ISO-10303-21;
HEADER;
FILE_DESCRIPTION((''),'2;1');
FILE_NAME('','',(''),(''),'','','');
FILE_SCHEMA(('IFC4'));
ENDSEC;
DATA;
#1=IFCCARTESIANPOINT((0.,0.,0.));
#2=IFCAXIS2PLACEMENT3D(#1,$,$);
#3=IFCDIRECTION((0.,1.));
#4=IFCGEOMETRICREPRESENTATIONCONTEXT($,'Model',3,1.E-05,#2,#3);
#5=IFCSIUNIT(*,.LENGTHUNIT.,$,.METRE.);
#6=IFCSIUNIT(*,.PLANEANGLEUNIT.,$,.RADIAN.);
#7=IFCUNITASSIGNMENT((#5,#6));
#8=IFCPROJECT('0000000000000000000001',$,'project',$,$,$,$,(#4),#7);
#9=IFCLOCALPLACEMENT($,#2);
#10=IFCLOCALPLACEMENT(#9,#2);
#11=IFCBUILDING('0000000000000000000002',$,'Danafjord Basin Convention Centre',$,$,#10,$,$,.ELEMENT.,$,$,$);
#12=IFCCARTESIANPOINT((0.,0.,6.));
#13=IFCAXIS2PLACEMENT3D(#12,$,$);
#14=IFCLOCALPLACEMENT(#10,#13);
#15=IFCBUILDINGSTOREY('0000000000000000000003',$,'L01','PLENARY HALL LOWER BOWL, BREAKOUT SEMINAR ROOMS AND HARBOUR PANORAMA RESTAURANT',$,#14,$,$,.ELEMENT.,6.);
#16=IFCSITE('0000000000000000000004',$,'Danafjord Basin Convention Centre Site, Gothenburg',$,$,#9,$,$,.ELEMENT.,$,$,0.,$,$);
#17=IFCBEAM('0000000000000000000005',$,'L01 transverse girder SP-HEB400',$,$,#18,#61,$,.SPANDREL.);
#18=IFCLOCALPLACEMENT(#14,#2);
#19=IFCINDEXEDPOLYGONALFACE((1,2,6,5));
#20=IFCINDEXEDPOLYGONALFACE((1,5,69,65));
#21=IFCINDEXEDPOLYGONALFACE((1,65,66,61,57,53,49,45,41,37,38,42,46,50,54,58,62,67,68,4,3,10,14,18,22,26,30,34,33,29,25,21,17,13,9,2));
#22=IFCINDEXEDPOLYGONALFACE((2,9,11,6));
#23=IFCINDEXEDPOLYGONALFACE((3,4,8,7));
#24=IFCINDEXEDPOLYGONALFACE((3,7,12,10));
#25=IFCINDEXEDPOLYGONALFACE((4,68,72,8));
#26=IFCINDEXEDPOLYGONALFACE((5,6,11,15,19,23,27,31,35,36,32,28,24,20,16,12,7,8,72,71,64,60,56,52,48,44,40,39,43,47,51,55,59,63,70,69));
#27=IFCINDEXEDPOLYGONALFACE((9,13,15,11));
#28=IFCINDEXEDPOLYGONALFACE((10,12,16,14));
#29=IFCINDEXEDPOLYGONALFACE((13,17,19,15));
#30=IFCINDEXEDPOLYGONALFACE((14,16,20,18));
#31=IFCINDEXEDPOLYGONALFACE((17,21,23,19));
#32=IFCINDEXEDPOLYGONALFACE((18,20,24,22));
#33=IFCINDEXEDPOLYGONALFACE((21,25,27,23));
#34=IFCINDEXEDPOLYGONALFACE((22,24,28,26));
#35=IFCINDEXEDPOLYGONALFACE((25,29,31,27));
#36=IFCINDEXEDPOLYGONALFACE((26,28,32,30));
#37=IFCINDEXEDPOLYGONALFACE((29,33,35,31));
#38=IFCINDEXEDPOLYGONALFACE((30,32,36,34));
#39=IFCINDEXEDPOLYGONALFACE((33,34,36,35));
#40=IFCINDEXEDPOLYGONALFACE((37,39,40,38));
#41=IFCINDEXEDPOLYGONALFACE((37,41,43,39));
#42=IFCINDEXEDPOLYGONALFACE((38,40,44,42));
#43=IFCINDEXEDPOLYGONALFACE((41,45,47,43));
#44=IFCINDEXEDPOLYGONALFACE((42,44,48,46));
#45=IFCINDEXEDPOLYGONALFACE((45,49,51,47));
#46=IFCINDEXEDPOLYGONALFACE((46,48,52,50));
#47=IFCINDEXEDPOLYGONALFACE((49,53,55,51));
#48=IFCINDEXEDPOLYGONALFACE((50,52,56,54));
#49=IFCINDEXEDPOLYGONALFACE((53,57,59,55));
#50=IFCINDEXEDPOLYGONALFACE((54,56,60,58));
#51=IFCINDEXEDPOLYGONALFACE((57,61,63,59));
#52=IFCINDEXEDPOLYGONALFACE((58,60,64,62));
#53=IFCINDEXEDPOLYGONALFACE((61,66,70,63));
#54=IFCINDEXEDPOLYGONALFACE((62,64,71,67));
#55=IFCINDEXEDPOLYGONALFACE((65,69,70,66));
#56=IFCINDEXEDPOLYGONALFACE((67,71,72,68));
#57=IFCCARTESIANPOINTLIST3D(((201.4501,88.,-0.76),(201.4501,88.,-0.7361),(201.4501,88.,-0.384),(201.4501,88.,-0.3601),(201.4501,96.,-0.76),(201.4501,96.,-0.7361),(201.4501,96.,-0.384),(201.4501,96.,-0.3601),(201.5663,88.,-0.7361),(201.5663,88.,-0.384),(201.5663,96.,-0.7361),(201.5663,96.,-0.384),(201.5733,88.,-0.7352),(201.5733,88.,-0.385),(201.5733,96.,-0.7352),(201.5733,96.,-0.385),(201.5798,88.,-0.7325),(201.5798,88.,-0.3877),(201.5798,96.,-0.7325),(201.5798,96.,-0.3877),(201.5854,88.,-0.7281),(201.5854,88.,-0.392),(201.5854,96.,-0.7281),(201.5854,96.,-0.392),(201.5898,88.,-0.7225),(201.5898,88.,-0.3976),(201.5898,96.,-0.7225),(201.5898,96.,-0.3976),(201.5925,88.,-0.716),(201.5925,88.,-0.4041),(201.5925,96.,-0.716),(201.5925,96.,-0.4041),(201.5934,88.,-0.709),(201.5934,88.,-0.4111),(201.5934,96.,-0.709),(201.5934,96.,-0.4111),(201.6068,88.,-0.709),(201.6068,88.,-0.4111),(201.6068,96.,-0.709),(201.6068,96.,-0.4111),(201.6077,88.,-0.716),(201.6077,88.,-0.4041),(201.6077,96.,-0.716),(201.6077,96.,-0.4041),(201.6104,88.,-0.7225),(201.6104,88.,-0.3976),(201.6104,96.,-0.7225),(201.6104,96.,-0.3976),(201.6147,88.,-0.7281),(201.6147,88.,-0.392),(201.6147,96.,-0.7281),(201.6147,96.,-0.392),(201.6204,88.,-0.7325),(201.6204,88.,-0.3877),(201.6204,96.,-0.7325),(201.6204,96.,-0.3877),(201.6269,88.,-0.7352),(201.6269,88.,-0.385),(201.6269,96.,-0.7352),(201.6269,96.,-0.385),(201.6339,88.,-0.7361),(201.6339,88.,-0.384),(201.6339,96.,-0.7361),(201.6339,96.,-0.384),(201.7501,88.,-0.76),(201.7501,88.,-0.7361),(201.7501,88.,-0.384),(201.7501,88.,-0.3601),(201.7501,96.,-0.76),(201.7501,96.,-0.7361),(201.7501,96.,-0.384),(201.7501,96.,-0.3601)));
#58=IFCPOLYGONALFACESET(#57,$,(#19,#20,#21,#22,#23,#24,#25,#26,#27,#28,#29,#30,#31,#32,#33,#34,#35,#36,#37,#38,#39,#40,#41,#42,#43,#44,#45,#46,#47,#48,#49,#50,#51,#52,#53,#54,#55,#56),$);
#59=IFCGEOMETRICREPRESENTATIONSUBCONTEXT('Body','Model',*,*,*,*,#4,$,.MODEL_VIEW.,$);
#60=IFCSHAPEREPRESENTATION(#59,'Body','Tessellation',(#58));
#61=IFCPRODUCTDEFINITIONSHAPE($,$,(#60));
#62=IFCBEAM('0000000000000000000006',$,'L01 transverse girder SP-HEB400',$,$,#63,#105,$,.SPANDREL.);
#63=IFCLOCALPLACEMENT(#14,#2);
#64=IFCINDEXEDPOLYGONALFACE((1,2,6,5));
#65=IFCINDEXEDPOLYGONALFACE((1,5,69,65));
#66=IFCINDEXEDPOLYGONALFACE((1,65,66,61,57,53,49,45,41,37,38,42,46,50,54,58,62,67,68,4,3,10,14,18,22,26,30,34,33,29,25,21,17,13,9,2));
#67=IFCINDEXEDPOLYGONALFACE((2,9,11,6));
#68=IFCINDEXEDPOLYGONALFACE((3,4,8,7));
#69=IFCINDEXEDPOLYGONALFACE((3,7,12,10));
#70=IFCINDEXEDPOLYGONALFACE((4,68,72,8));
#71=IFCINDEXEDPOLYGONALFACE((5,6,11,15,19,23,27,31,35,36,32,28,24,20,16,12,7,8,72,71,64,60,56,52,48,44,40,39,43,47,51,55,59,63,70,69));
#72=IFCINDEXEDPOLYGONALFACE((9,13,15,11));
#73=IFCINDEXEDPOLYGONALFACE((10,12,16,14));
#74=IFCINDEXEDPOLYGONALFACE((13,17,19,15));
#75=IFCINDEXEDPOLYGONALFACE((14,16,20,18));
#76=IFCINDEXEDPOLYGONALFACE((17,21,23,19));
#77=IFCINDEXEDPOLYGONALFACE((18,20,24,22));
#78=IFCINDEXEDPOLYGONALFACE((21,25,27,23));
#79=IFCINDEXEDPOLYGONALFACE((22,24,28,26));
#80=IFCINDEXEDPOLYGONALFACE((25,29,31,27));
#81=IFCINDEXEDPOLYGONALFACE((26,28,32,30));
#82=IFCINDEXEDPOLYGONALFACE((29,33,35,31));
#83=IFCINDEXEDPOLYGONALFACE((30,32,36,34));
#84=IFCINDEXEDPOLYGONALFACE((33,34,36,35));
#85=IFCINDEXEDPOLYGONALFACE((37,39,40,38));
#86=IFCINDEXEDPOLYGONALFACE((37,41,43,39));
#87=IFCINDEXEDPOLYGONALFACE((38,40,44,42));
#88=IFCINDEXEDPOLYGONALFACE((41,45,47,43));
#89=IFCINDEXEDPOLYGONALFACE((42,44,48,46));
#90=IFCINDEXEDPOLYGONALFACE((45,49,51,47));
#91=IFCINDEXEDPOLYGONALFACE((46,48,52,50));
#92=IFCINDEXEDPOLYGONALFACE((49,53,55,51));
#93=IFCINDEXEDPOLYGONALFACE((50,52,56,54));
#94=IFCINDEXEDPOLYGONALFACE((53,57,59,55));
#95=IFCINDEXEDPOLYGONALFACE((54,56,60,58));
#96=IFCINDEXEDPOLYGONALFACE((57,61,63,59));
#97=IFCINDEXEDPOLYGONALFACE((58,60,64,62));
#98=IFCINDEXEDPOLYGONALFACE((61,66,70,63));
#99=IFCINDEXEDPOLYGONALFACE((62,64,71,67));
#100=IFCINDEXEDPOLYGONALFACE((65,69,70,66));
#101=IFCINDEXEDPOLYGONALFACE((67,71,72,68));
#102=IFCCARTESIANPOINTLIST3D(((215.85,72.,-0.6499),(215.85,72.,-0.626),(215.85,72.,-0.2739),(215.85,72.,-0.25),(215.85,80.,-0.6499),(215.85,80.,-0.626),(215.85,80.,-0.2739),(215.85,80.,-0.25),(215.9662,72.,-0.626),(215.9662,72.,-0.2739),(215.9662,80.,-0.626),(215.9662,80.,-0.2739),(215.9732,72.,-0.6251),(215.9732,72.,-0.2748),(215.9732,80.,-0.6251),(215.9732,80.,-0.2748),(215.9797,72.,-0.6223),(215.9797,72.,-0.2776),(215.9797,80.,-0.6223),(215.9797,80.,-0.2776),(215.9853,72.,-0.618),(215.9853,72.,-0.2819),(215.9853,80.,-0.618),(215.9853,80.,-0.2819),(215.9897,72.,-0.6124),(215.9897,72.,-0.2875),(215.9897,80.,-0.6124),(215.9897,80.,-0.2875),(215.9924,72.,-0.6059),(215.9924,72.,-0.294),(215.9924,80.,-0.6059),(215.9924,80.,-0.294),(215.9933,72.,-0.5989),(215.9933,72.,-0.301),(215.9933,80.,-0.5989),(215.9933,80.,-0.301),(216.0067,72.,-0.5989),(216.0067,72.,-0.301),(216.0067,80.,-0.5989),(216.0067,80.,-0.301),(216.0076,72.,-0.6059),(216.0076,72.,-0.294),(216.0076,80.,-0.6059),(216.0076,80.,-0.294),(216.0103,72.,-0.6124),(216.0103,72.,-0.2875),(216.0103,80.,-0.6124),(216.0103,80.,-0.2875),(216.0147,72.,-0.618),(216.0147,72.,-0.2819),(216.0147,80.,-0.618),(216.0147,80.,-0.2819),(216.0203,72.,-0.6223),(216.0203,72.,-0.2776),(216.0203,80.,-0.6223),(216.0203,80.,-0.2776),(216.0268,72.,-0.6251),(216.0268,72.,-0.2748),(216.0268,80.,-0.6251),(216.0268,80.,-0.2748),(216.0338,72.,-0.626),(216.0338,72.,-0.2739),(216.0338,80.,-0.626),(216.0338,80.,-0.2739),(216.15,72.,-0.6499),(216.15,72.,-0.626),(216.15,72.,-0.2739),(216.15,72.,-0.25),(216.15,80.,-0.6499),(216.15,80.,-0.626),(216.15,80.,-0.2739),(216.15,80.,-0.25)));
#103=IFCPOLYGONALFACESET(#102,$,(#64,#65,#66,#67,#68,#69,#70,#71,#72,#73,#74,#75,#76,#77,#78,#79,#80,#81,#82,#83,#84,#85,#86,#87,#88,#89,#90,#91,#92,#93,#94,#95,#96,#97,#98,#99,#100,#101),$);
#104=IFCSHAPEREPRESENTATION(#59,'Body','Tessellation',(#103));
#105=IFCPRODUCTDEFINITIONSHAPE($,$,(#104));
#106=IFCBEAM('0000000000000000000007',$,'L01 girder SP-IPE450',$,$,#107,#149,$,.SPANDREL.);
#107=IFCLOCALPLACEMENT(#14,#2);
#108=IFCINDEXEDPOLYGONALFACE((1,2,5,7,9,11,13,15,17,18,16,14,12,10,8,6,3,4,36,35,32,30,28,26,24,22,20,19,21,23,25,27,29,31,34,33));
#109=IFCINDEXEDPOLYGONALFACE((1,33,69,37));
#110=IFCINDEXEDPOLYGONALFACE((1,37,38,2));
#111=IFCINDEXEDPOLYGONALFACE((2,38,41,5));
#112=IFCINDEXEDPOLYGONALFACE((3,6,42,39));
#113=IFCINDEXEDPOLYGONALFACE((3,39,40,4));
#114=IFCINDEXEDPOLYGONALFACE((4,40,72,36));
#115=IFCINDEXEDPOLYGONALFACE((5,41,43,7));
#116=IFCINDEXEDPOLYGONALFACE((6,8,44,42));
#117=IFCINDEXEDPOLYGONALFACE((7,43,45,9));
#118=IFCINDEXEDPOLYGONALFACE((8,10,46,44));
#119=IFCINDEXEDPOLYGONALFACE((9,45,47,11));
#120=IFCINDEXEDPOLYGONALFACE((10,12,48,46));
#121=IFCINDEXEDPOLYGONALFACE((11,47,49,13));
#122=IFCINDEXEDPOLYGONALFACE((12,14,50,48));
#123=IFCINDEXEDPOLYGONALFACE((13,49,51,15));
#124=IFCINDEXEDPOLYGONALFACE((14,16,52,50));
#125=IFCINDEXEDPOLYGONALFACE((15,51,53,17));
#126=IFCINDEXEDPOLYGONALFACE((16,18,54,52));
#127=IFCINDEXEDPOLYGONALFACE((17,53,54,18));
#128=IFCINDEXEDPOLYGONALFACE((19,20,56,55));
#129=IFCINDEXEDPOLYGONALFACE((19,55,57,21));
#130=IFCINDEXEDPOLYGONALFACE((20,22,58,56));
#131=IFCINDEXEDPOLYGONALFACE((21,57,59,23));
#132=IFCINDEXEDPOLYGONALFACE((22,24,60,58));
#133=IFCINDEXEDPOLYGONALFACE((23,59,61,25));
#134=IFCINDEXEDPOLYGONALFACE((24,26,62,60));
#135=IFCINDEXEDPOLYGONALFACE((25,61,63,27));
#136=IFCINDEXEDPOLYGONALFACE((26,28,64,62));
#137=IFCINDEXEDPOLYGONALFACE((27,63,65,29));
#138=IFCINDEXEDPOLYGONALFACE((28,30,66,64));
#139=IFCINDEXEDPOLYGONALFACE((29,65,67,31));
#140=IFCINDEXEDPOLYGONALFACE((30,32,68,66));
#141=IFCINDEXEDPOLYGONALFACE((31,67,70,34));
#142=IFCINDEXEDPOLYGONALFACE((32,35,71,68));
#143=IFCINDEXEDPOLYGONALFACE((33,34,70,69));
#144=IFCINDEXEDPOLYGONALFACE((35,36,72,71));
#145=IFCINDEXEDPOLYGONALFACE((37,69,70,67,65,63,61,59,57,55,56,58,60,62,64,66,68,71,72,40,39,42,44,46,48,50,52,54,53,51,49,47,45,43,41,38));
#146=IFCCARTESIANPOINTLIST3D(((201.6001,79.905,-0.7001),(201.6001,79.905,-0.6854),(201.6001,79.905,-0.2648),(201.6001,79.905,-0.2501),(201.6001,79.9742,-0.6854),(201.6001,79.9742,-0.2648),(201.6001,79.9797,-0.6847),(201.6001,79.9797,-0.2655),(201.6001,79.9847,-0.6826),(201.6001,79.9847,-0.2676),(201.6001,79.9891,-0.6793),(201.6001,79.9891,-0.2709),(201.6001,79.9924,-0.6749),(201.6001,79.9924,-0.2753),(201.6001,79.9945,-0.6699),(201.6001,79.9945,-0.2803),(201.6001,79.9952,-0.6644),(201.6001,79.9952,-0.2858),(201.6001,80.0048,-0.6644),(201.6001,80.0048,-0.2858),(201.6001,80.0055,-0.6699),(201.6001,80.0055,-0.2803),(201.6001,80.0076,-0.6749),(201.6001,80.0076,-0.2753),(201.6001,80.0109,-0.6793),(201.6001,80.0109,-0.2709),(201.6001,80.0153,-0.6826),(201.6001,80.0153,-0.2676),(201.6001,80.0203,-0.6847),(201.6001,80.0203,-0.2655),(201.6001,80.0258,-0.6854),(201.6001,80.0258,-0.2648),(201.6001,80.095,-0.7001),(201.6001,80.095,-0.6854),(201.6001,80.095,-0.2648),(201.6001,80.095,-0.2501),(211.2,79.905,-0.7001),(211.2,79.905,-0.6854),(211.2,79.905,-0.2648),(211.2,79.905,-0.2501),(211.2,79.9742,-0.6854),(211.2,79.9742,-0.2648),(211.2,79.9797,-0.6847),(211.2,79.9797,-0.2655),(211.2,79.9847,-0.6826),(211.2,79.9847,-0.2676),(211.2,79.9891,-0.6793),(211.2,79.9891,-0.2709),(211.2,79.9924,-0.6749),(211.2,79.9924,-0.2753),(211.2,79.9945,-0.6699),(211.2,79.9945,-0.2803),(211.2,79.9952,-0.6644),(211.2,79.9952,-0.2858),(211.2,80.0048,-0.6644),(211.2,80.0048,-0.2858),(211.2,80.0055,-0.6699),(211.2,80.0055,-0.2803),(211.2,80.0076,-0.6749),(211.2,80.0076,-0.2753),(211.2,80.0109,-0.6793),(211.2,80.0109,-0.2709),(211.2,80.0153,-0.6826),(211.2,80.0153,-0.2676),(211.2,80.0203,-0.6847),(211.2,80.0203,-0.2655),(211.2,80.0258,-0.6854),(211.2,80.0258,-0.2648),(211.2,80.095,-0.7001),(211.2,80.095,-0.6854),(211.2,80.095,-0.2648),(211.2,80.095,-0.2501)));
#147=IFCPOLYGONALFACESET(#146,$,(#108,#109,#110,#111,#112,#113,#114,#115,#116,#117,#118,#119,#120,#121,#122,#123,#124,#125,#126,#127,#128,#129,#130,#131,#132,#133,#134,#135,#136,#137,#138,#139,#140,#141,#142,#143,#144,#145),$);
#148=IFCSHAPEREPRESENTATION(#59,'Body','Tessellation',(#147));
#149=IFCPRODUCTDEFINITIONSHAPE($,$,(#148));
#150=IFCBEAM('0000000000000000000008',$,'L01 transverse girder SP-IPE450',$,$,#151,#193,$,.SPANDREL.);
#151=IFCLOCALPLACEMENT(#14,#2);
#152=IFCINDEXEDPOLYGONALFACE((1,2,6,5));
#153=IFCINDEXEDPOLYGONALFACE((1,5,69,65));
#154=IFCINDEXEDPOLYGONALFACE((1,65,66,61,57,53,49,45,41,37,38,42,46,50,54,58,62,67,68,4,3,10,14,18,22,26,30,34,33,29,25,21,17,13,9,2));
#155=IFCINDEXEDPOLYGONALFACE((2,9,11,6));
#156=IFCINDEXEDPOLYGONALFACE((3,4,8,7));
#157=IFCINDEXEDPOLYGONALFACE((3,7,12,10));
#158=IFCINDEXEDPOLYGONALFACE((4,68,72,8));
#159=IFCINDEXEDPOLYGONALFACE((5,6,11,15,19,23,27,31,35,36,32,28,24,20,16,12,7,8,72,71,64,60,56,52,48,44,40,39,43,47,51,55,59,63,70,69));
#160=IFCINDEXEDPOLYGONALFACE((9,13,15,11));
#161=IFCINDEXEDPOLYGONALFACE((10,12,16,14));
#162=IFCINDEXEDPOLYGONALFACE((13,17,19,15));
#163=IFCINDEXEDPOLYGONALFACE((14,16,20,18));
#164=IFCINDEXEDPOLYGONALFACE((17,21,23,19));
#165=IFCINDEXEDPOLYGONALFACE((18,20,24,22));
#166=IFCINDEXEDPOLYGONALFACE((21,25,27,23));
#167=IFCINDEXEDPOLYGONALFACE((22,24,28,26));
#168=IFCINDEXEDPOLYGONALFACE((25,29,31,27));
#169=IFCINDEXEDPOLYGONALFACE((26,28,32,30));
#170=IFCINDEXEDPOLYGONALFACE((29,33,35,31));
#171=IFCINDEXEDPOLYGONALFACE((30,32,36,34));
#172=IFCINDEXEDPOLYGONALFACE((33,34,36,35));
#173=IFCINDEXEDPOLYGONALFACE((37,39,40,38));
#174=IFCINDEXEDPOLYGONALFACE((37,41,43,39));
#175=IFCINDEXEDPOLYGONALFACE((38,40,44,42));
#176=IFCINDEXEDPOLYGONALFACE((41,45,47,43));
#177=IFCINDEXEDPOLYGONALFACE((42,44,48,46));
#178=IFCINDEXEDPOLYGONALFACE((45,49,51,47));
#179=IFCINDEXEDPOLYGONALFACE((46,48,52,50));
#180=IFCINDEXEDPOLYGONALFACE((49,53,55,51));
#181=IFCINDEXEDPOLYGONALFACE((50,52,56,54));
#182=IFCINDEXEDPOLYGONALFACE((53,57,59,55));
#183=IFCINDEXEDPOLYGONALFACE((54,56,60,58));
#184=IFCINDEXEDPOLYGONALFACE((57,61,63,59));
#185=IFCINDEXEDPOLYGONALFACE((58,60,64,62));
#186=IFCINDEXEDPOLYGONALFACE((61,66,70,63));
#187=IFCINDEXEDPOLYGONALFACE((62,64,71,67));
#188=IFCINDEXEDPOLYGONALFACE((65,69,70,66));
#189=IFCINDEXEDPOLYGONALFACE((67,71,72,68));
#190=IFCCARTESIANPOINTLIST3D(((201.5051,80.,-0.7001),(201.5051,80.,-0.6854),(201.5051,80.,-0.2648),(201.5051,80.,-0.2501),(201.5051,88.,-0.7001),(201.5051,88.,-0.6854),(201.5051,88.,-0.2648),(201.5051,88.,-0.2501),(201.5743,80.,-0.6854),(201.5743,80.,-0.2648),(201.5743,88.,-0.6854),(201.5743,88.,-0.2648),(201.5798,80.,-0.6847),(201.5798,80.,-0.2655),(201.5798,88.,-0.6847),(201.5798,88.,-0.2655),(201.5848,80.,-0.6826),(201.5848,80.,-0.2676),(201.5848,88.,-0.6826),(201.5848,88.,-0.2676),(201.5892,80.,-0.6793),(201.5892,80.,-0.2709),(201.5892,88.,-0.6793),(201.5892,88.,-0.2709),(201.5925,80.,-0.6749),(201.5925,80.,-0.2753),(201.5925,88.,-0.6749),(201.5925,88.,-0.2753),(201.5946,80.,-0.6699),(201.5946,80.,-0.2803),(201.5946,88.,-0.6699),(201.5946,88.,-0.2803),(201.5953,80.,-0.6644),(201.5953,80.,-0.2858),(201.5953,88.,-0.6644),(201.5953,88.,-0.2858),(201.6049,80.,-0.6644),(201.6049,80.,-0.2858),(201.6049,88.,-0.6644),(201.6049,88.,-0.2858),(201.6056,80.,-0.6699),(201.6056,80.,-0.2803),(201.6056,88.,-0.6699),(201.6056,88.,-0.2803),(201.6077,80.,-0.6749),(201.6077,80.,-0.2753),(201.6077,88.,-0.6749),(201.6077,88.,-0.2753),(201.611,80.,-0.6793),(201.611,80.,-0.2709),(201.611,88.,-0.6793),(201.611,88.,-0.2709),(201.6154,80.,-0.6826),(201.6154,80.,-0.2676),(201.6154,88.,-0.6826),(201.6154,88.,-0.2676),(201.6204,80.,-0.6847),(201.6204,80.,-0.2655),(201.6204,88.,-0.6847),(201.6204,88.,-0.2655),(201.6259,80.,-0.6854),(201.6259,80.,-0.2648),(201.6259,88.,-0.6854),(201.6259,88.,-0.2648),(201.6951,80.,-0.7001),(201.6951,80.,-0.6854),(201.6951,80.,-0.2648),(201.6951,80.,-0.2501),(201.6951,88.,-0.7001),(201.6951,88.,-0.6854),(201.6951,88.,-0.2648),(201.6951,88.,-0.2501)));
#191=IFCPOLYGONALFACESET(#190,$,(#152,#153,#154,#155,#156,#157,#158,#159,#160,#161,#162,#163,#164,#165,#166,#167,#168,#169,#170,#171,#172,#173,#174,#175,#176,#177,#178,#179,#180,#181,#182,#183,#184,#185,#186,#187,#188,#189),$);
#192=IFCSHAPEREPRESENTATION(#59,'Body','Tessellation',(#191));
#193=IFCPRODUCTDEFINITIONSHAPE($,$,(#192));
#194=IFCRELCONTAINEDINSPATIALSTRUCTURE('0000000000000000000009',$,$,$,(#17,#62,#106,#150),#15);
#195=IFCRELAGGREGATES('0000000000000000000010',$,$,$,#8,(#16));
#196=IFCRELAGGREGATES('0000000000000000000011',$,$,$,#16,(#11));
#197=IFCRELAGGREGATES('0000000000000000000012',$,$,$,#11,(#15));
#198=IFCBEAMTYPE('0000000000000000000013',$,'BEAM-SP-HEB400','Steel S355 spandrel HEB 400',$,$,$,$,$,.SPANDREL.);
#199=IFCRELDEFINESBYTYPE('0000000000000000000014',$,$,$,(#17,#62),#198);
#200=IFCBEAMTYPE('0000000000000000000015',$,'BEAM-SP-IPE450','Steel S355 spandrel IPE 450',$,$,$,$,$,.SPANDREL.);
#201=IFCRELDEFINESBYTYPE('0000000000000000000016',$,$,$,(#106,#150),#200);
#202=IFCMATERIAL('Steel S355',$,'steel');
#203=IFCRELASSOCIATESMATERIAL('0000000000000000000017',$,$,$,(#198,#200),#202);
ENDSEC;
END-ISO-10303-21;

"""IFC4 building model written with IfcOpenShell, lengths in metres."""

from ifc_helpers import new_model, si_unit, direction, frame, origin, origin_2d, place, context, subcontext, project, spatial, i_section, extrude, material, material_profile, profile_set, type_object, element, save


model = new_model("IFC4")

# Units and contexts
model_context = context("Model", 3, precision=1e-05, world=origin(), true_north=direction((0.0, 1.0)))
body_context = subcontext(model_context, "Body", "Model", "MODEL_VIEW")
ifc_project = project(units=[si_unit("LENGTHUNIT", "METRE"), si_unit("PLANEANGLEUNIT", "RADIAN")], contexts=[model_context])

# Site, building, storey
site_placement = place(None, origin())
site = spatial("IfcSite", under=ifc_project, at=site_placement, Name="Danafjord Basin Convention Centre Site, Gothenburg", CompositionType="ELEMENT", RefElevation=0.0)
building_placement = place(site_placement, origin())
building = spatial("IfcBuilding", under=site, at=building_placement, Name="Danafjord Basin Convention Centre", CompositionType="ELEMENT")
storey_placement = place(building_placement, frame((0.0, 0.0, 6.0)))
storey = spatial("IfcBuildingStorey", under=building, at=storey_placement, Name="L01", Description="PLENARY HALL LOWER BOWL, BREAKOUT SEMINAR ROOMS AND HARBOUR PANORAMA RESTAURANT", CompositionType="ELEMENT", Elevation=6.0)

# Shared definitions
ifc_material_1 = material(Name="Steel S355", Category="steel")

# Beams
ifc_material_profile_1 = material_profile(ifc_material_1, i_section(OverallWidth=0.3, OverallDepth=0.3999, WebThickness=0.0134, FlangeThickness=0.0239, FilletRadius=0.0271, at=origin_2d()), Name="HEB 400")
ifc_profile_set_1 = profile_set([ifc_material_profile_1], Name="Steel S355")
beam_type_1 = type_object("IfcBeamType", Name="BEAM-SP-HEB400", Description="Steel S355 spandrel HEB 400", PredefinedType="SPANDREL", material=ifc_profile_set_1)
for number, where, z_axis, x_axis, name in (
    (1, (201.6001, 88.0, -0.5601), (0.0, 1.0, 0.0), (-1.0, 0.0, 0.0), "L01 transverse girder SP-HEB400"),
    (2, (216.0, 72.0, -0.45), (0.0, 1.0, 0.0), (-1.0, 0.0, 0.0), "L01 transverse girder SP-HEB400"),
):
    element("IfcBeam", number, at=place(storey_placement, frame(where, z_axis=z_axis, x_axis=x_axis)), inside=storey, type_object=beam_type_1, Name=name, PredefinedType="SPANDREL", context=body_context, shape_type="SweptSolid", body=[
        extrude(i_section(OverallWidth=0.3, OverallDepth=0.3999, WebThickness=0.0134, FlangeThickness=0.0239, FilletRadius=0.0271, at=origin_2d()), origin(), (0.0, 0.0, 1.0), 8.0),
    ])
ifc_material_profile_2 = material_profile(ifc_material_1, i_section(OverallWidth=0.1899, OverallDepth=0.45, WebThickness=0.0095, FlangeThickness=0.0146, FilletRadius=0.021, at=origin_2d()), Name="IPE 450")
ifc_profile_set_2 = profile_set([ifc_material_profile_2], Name="Steel S355")
beam_type_2 = type_object("IfcBeamType", Name="BEAM-SP-IPE450", Description="Steel S355 spandrel IPE 450", PredefinedType="SPANDREL", material=ifc_profile_set_2)
beam_1_placement = place(storey_placement, frame((201.6001, 80.0, -0.4751), z_axis=(1.0, 0.0, 0.0), x_axis=(0.0, 1.0, 0.0)))
element("IfcBeam", 3, at=beam_1_placement, inside=storey, type_object=beam_type_2, Name="L01 girder SP-IPE450", PredefinedType="SPANDREL", context=body_context, shape_type="SweptSolid", body=[
    extrude(i_section(OverallWidth=0.1899, OverallDepth=0.45, WebThickness=0.0095, FlangeThickness=0.0146, FilletRadius=0.021, at=origin_2d()), origin(), (0.0, 0.0, 1.0), 9.5999),
])
for number, where, z_axis, x_axis, name in (
    (4, (201.6001, 80.0, -0.4751), (0.0, 1.0, 0.0), (-1.0, 0.0, 0.0), "L01 transverse girder SP-IPE450"),
):
    element("IfcBeam", number, at=place(storey_placement, frame(where, z_axis=z_axis, x_axis=x_axis)), inside=storey, type_object=beam_type_2, Name=name, PredefinedType="SPANDREL", context=body_context, shape_type="SweptSolid", body=[
        extrude(i_section(OverallWidth=0.1899, OverallDepth=0.45, WebThickness=0.0095, FlangeThickness=0.0146, FilletRadius=0.021, at=origin_2d()), origin(), (0.0, 0.0, 1.0), 8.0),
    ])

save(model, "model.ifc")
